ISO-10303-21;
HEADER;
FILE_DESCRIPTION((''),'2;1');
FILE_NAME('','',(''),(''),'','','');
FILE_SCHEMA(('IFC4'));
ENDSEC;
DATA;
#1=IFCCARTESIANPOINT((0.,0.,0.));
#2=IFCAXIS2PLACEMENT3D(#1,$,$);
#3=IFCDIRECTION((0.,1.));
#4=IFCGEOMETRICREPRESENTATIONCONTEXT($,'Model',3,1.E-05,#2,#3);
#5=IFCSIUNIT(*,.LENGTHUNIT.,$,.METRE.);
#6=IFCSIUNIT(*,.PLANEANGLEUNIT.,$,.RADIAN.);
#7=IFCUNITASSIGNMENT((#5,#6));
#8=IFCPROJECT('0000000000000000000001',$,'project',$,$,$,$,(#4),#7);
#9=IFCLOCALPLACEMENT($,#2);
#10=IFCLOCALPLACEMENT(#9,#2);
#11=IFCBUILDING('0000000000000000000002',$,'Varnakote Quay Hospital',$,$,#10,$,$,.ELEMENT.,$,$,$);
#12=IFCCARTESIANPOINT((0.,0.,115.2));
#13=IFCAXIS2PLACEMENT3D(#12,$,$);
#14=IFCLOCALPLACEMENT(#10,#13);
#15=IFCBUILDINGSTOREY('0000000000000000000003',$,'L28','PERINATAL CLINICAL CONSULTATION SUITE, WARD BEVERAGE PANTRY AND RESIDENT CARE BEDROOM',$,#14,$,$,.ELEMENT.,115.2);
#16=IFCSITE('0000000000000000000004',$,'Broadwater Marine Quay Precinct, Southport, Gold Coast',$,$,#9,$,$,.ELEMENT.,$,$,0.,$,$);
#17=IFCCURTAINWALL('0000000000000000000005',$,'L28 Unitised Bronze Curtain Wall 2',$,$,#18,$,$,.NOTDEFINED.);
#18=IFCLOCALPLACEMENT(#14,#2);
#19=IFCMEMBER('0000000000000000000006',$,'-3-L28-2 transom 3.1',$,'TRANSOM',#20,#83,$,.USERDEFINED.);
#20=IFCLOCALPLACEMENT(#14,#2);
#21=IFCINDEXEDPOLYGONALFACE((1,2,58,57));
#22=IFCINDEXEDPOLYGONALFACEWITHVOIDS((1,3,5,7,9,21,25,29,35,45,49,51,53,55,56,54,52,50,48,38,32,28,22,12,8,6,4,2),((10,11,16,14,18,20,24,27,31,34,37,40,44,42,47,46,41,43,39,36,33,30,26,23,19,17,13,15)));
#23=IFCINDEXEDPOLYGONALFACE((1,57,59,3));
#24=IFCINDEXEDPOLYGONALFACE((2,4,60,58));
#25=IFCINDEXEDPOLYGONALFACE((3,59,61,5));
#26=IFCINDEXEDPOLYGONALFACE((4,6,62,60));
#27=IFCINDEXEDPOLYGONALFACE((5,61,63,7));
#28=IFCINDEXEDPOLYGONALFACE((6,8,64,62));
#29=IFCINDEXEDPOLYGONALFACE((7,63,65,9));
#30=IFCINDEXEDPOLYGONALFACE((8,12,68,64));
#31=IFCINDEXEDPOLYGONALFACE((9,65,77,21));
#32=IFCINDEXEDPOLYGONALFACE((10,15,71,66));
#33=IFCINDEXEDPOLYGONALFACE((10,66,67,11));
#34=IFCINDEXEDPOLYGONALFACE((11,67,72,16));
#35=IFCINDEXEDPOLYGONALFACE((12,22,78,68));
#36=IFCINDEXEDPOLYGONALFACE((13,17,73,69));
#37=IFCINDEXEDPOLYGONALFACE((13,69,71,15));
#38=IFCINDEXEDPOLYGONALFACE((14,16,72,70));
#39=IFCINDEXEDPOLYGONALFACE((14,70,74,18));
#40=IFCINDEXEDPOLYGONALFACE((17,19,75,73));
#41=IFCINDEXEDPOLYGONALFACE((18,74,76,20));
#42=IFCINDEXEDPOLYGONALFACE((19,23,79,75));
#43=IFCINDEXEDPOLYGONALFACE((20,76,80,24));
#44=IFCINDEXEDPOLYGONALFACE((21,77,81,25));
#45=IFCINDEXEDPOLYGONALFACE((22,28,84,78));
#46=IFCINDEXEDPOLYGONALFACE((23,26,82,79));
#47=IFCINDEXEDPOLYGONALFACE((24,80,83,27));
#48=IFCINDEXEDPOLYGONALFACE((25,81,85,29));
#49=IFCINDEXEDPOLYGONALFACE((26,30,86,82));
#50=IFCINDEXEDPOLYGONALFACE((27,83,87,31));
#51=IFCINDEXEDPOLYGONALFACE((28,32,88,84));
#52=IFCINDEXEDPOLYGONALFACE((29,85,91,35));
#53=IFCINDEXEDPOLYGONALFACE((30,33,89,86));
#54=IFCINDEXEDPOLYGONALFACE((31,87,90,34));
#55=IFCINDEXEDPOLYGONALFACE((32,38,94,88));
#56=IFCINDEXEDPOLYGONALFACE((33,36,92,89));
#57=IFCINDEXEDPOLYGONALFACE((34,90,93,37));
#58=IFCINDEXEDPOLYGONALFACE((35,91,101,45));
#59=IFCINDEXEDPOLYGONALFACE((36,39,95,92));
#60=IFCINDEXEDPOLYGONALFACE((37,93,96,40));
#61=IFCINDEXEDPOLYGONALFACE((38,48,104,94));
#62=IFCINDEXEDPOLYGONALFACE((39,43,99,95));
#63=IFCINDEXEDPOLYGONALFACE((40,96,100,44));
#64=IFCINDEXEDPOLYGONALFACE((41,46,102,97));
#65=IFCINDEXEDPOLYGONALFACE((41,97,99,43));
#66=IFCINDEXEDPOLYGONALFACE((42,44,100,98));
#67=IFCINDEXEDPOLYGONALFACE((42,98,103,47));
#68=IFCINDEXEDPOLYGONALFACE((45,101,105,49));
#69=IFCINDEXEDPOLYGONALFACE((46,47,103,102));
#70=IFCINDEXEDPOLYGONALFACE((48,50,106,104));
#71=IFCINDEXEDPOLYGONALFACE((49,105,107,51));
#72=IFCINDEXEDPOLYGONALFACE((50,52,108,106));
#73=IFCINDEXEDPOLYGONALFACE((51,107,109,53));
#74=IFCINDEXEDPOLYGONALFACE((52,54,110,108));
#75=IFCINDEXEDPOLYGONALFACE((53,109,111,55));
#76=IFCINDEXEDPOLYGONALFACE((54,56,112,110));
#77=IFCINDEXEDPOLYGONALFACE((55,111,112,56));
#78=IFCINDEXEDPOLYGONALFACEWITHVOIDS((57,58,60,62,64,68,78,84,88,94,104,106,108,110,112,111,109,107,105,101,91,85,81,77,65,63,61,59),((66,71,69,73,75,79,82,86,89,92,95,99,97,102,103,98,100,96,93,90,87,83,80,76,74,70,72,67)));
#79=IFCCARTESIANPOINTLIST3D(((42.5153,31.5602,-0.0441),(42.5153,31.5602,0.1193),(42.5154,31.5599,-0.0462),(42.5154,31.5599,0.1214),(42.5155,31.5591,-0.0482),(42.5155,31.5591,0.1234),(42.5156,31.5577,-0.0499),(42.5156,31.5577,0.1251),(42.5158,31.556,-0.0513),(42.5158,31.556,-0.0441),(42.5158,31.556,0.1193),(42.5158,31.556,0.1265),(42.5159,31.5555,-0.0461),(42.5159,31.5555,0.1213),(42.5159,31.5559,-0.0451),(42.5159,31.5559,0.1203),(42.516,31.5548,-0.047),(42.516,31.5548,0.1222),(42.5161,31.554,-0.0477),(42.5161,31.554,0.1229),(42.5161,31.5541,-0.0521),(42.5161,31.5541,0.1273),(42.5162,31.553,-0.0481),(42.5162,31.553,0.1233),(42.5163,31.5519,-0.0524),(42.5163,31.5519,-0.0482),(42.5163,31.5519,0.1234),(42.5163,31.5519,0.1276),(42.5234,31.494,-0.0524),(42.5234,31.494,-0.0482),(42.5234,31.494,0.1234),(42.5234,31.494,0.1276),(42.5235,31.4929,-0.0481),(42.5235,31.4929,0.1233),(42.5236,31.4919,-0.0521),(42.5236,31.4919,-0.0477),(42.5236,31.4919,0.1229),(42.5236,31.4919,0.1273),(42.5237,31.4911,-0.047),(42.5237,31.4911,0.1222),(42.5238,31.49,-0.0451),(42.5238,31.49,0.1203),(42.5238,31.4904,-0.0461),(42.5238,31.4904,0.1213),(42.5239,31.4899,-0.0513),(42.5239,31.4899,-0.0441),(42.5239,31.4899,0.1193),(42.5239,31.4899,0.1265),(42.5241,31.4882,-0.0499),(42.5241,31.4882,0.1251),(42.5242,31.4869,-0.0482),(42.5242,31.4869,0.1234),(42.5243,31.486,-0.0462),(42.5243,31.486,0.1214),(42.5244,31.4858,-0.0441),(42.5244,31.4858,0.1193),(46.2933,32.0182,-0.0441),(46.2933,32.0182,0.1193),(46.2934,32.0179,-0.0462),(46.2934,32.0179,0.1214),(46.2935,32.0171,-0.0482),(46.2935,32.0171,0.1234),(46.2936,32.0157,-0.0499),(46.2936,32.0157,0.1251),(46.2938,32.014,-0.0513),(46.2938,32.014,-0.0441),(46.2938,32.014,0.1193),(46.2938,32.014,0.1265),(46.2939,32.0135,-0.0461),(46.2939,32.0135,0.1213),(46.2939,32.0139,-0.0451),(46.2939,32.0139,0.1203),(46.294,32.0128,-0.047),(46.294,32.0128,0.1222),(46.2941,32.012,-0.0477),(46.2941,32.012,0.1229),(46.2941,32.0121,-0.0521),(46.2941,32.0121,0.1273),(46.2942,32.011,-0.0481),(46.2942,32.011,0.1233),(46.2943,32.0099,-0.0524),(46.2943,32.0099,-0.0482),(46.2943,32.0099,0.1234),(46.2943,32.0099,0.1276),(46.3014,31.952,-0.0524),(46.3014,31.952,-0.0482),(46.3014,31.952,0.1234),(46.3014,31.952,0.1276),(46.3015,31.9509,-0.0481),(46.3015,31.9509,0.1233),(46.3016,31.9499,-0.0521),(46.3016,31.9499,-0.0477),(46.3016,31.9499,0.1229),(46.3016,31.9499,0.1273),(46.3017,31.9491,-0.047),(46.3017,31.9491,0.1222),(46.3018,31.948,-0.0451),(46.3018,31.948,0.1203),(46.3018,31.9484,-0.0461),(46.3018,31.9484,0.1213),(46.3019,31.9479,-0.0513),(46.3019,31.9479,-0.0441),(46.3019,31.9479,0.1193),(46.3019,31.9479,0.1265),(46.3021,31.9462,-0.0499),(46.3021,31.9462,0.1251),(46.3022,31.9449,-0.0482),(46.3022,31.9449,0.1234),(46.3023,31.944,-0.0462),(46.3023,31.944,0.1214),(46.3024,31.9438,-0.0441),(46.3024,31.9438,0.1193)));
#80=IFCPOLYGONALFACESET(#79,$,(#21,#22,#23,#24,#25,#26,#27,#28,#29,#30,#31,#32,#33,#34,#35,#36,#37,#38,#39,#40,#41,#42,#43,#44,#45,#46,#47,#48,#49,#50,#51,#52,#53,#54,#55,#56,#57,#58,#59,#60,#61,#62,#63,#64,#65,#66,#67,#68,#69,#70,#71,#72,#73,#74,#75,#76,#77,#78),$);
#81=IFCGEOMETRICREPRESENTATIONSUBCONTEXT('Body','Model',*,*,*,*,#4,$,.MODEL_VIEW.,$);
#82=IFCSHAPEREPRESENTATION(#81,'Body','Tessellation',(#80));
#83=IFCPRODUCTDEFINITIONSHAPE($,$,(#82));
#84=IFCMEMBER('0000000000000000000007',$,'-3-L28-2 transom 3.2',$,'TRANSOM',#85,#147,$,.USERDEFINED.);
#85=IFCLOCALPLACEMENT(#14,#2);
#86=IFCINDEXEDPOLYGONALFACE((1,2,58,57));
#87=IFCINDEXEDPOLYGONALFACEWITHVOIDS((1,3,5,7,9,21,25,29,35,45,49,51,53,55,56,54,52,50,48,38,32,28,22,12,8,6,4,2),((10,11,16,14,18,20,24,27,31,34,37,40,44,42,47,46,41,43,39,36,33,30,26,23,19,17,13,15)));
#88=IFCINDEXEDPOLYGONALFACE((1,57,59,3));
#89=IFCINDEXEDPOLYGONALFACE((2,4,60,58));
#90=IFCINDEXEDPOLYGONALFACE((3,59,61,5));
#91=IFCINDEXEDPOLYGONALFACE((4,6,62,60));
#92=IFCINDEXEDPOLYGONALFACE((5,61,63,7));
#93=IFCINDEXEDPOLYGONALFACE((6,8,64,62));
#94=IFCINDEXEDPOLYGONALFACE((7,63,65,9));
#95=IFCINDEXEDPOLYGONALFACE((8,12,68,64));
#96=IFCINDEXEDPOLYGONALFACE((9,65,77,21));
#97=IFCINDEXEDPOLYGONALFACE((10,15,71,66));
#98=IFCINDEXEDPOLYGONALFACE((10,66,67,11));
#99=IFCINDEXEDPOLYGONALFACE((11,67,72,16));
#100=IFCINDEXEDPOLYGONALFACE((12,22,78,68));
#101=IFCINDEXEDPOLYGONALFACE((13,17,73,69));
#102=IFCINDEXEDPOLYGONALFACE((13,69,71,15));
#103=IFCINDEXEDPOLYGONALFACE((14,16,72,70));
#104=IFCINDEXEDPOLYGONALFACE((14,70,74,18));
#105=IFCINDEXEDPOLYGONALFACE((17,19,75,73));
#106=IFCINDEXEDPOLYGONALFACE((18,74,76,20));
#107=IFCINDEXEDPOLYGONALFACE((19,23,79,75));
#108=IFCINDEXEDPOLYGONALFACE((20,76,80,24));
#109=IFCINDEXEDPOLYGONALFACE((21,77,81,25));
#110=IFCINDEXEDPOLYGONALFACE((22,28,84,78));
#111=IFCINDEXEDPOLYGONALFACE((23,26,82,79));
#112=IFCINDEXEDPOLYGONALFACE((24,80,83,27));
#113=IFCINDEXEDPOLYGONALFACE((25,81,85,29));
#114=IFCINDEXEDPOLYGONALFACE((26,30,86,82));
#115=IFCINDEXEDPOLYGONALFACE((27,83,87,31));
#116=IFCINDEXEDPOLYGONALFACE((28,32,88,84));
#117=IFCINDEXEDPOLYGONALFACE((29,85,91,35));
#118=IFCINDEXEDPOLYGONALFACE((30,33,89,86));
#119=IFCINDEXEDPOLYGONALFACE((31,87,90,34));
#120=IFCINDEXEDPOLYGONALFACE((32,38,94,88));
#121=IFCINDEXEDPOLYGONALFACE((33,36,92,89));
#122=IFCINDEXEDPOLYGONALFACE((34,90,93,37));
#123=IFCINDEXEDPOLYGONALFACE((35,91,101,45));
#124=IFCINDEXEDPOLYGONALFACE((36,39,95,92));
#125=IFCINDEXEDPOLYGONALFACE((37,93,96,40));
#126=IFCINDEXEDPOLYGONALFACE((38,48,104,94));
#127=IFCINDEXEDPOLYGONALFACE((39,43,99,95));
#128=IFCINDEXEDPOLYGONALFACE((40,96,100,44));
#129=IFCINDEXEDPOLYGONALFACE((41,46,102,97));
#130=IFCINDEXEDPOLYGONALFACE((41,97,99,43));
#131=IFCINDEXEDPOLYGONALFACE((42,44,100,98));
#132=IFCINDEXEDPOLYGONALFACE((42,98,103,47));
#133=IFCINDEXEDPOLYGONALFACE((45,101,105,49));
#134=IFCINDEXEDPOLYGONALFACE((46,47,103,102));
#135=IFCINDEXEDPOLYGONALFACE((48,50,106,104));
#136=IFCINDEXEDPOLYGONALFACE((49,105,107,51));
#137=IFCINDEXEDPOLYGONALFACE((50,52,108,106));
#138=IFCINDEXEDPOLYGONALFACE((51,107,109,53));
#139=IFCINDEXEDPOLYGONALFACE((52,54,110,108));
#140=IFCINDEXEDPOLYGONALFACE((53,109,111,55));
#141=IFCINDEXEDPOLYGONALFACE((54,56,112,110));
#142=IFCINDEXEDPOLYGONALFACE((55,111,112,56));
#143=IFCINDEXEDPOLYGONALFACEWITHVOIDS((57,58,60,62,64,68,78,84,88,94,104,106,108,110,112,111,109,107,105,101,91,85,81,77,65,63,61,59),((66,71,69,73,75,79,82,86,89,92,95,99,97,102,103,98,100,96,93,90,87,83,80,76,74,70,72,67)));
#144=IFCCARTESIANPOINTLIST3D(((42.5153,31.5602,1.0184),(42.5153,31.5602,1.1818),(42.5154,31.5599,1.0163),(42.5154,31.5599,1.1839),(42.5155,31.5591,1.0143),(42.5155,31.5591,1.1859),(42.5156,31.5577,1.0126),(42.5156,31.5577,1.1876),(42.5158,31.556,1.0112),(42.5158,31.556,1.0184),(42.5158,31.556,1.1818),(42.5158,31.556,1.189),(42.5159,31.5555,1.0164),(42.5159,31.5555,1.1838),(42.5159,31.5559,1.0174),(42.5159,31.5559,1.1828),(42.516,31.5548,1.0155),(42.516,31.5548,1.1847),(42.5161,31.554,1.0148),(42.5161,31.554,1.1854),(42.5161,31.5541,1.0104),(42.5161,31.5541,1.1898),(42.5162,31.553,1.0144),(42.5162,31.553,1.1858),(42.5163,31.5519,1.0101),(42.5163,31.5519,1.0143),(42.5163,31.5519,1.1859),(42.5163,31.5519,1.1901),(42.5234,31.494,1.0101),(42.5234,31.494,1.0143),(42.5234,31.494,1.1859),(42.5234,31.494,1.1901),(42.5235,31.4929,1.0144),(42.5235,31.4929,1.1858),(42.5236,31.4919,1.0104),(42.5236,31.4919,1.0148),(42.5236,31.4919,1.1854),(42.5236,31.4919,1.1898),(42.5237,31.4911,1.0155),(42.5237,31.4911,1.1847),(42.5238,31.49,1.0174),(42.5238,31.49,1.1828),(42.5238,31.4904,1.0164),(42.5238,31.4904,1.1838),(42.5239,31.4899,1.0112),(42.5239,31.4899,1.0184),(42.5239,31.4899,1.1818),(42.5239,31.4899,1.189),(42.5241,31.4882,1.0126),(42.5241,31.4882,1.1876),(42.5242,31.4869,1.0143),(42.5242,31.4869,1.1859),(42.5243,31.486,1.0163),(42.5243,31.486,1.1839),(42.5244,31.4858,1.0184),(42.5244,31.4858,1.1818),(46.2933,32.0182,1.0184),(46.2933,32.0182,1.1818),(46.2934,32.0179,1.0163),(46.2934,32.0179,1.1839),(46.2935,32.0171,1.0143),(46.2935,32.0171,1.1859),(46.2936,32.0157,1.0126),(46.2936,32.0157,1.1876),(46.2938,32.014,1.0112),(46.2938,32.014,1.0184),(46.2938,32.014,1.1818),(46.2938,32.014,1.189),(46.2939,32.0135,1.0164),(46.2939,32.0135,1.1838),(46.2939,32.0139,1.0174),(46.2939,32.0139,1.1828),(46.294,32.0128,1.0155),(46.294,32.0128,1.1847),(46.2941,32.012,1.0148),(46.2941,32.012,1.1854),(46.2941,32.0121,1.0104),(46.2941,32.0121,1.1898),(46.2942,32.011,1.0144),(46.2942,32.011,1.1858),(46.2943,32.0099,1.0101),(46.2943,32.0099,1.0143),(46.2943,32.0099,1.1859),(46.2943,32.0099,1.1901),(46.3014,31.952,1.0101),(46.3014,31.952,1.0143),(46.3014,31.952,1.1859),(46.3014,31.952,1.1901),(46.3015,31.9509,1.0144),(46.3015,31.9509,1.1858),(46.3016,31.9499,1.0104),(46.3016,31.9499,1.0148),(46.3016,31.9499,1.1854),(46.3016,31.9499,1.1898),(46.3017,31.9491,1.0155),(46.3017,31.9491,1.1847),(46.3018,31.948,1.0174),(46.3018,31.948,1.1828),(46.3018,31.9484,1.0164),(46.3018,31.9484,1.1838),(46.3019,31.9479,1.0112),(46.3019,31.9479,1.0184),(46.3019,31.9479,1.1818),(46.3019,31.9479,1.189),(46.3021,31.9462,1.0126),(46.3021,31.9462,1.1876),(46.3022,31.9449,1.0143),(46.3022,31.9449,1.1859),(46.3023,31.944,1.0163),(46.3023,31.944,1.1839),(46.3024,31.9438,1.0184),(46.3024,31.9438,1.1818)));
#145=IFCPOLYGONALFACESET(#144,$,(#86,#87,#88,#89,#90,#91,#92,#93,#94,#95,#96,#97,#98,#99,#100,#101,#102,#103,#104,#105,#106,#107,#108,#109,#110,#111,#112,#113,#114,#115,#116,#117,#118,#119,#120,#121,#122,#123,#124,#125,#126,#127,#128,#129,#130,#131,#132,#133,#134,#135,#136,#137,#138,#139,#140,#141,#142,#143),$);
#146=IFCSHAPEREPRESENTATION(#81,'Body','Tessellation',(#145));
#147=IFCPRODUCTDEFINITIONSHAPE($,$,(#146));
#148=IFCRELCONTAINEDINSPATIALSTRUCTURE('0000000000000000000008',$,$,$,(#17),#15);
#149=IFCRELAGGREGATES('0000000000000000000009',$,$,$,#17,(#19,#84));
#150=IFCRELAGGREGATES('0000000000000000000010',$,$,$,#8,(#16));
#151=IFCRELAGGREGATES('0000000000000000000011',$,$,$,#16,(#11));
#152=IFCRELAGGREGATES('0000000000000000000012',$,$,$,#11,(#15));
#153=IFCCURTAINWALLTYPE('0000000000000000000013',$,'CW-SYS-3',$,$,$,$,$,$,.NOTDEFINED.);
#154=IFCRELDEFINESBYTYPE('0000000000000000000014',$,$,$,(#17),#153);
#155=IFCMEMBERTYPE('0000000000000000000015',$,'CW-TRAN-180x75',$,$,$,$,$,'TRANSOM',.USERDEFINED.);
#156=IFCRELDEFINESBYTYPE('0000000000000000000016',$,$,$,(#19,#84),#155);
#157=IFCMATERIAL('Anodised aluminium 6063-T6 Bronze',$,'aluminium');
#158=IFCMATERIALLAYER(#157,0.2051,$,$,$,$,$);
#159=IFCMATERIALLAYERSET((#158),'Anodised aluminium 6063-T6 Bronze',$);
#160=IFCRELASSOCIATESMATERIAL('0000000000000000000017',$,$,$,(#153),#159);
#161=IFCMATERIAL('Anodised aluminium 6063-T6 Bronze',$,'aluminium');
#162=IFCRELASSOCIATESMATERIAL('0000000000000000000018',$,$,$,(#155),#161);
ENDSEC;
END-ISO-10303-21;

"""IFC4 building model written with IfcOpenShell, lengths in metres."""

from ifc_helpers import new_model, si_unit, direction, frame, origin, origin_2d, place, context, subcontext, project, spatial, hollow_rectangle, extrude, material, layer, layer_set, material_profile, profile_set, type_object, element, aggregate, save


model = new_model("IFC4")

# Units and contexts
model_context = context("Model", 3, precision=1e-05, world=origin(), true_north=direction((0.0, 1.0)))
body_context = subcontext(model_context, "Body", "Model", "MODEL_VIEW")
ifc_project = project(units=[si_unit("LENGTHUNIT", "METRE"), si_unit("PLANEANGLEUNIT", "RADIAN")], contexts=[model_context])

# Site, building, storey
site_placement = place(None, origin())
site = spatial("IfcSite", under=ifc_project, at=site_placement, Name="Broadwater Marine Quay Precinct, Southport, Gold Coast", CompositionType="ELEMENT", RefElevation=0.0)
building_placement = place(site_placement, origin())
building = spatial("IfcBuilding", under=site, at=building_placement, Name="Varnakote Quay Hospital", CompositionType="ELEMENT")
storey_placement = place(building_placement, frame((0.0, 0.0, 115.2)))
storey = spatial("IfcBuildingStorey", under=building, at=storey_placement, Name="L28", Description="PERINATAL CLINICAL CONSULTATION SUITE, WARD BEVERAGE PANTRY AND RESIDENT CARE BEDROOM", CompositionType="ELEMENT", Elevation=115.2)

# Curtain wall, members
ifc_material_1 = material(Name="Anodised aluminium 6063-T6 Bronze", Category="aluminium")
ifc_layer_1 = layer(ifc_material_1, 0.2051)
ifc_layer_set_1 = layer_set([ifc_layer_1], Name="Anodised aluminium 6063-T6 Bronze")
curtain_wall_type = type_object("IfcCurtainWallType", Name="CW-SYS-3", PredefinedType="NOTDEFINED", material=ifc_layer_set_1)
curtain_wall_placement = place(storey_placement, origin())
curtain_wall = element("IfcCurtainWall", 1, at=curtain_wall_placement, inside=storey, type_object=curtain_wall_type, Name="L28 Unitised Bronze Curtain Wall 2", PredefinedType="NOTDEFINED")
ifc_material_2 = material(Name="Anodised aluminium 6063-T6 Bronze", Category="aluminium")
ifc_material_profile_1 = material_profile(ifc_material_2, hollow_rectangle(XDim=0.075, YDim=0.1799, WallThickness=0.0042, InnerFilletRadius=0.0042, OuterFilletRadius=0.0083, at=origin_2d()), Name="CW-TRAN-180x75")
ifc_profile_set_1 = profile_set([ifc_material_profile_1], Name="Anodised aluminium 6063-T6 Bronze")
member_type_1 = type_object("IfcMemberType", Name="CW-TRAN-180x75", ElementType="TRANSOM", PredefinedType="USERDEFINED", material=ifc_profile_set_1)
member_1_placement = place(storey_placement, frame((46.2979, 31.981, 0.0376), z_axis=(-0.992732, -0.120347, 0.0), x_axis=(0.120347, -0.992732, 0.0)))
member_1 = element("IfcMember", 2, at=member_1_placement, type_object=member_type_1, Name="-3-L28-2 transom 3.1", ObjectType="TRANSOM", PredefinedType="USERDEFINED", context=body_context, shape_type="SweptSolid", body=[
    extrude(hollow_rectangle(XDim=0.075, YDim=0.1799, WallThickness=0.0042, InnerFilletRadius=0.0042, OuterFilletRadius=0.0083, at=origin_2d()), origin(), (0.0, 0.0, 1.0), 3.8057),
])
member_2_placement = place(storey_placement, frame((46.2979, 31.981, 1.1001), z_axis=(-0.992732, -0.120347, 0.0), x_axis=(0.120347, -0.992732, 0.0)))
member_2 = element("IfcMember", 3, at=member_2_placement, type_object=member_type_1, Name="-3-L28-2 transom 3.2", ObjectType="TRANSOM", PredefinedType="USERDEFINED", context=body_context, shape_type="SweptSolid", body=[
    extrude(hollow_rectangle(XDim=0.075, YDim=0.1799, WallThickness=0.0042, InnerFilletRadius=0.0042, OuterFilletRadius=0.0083, at=origin_2d()), origin(), (0.0, 0.0, 1.0), 3.8057),
])

aggregate(curtain_wall, [member_1, member_2])

save(model, "model.ifc")
